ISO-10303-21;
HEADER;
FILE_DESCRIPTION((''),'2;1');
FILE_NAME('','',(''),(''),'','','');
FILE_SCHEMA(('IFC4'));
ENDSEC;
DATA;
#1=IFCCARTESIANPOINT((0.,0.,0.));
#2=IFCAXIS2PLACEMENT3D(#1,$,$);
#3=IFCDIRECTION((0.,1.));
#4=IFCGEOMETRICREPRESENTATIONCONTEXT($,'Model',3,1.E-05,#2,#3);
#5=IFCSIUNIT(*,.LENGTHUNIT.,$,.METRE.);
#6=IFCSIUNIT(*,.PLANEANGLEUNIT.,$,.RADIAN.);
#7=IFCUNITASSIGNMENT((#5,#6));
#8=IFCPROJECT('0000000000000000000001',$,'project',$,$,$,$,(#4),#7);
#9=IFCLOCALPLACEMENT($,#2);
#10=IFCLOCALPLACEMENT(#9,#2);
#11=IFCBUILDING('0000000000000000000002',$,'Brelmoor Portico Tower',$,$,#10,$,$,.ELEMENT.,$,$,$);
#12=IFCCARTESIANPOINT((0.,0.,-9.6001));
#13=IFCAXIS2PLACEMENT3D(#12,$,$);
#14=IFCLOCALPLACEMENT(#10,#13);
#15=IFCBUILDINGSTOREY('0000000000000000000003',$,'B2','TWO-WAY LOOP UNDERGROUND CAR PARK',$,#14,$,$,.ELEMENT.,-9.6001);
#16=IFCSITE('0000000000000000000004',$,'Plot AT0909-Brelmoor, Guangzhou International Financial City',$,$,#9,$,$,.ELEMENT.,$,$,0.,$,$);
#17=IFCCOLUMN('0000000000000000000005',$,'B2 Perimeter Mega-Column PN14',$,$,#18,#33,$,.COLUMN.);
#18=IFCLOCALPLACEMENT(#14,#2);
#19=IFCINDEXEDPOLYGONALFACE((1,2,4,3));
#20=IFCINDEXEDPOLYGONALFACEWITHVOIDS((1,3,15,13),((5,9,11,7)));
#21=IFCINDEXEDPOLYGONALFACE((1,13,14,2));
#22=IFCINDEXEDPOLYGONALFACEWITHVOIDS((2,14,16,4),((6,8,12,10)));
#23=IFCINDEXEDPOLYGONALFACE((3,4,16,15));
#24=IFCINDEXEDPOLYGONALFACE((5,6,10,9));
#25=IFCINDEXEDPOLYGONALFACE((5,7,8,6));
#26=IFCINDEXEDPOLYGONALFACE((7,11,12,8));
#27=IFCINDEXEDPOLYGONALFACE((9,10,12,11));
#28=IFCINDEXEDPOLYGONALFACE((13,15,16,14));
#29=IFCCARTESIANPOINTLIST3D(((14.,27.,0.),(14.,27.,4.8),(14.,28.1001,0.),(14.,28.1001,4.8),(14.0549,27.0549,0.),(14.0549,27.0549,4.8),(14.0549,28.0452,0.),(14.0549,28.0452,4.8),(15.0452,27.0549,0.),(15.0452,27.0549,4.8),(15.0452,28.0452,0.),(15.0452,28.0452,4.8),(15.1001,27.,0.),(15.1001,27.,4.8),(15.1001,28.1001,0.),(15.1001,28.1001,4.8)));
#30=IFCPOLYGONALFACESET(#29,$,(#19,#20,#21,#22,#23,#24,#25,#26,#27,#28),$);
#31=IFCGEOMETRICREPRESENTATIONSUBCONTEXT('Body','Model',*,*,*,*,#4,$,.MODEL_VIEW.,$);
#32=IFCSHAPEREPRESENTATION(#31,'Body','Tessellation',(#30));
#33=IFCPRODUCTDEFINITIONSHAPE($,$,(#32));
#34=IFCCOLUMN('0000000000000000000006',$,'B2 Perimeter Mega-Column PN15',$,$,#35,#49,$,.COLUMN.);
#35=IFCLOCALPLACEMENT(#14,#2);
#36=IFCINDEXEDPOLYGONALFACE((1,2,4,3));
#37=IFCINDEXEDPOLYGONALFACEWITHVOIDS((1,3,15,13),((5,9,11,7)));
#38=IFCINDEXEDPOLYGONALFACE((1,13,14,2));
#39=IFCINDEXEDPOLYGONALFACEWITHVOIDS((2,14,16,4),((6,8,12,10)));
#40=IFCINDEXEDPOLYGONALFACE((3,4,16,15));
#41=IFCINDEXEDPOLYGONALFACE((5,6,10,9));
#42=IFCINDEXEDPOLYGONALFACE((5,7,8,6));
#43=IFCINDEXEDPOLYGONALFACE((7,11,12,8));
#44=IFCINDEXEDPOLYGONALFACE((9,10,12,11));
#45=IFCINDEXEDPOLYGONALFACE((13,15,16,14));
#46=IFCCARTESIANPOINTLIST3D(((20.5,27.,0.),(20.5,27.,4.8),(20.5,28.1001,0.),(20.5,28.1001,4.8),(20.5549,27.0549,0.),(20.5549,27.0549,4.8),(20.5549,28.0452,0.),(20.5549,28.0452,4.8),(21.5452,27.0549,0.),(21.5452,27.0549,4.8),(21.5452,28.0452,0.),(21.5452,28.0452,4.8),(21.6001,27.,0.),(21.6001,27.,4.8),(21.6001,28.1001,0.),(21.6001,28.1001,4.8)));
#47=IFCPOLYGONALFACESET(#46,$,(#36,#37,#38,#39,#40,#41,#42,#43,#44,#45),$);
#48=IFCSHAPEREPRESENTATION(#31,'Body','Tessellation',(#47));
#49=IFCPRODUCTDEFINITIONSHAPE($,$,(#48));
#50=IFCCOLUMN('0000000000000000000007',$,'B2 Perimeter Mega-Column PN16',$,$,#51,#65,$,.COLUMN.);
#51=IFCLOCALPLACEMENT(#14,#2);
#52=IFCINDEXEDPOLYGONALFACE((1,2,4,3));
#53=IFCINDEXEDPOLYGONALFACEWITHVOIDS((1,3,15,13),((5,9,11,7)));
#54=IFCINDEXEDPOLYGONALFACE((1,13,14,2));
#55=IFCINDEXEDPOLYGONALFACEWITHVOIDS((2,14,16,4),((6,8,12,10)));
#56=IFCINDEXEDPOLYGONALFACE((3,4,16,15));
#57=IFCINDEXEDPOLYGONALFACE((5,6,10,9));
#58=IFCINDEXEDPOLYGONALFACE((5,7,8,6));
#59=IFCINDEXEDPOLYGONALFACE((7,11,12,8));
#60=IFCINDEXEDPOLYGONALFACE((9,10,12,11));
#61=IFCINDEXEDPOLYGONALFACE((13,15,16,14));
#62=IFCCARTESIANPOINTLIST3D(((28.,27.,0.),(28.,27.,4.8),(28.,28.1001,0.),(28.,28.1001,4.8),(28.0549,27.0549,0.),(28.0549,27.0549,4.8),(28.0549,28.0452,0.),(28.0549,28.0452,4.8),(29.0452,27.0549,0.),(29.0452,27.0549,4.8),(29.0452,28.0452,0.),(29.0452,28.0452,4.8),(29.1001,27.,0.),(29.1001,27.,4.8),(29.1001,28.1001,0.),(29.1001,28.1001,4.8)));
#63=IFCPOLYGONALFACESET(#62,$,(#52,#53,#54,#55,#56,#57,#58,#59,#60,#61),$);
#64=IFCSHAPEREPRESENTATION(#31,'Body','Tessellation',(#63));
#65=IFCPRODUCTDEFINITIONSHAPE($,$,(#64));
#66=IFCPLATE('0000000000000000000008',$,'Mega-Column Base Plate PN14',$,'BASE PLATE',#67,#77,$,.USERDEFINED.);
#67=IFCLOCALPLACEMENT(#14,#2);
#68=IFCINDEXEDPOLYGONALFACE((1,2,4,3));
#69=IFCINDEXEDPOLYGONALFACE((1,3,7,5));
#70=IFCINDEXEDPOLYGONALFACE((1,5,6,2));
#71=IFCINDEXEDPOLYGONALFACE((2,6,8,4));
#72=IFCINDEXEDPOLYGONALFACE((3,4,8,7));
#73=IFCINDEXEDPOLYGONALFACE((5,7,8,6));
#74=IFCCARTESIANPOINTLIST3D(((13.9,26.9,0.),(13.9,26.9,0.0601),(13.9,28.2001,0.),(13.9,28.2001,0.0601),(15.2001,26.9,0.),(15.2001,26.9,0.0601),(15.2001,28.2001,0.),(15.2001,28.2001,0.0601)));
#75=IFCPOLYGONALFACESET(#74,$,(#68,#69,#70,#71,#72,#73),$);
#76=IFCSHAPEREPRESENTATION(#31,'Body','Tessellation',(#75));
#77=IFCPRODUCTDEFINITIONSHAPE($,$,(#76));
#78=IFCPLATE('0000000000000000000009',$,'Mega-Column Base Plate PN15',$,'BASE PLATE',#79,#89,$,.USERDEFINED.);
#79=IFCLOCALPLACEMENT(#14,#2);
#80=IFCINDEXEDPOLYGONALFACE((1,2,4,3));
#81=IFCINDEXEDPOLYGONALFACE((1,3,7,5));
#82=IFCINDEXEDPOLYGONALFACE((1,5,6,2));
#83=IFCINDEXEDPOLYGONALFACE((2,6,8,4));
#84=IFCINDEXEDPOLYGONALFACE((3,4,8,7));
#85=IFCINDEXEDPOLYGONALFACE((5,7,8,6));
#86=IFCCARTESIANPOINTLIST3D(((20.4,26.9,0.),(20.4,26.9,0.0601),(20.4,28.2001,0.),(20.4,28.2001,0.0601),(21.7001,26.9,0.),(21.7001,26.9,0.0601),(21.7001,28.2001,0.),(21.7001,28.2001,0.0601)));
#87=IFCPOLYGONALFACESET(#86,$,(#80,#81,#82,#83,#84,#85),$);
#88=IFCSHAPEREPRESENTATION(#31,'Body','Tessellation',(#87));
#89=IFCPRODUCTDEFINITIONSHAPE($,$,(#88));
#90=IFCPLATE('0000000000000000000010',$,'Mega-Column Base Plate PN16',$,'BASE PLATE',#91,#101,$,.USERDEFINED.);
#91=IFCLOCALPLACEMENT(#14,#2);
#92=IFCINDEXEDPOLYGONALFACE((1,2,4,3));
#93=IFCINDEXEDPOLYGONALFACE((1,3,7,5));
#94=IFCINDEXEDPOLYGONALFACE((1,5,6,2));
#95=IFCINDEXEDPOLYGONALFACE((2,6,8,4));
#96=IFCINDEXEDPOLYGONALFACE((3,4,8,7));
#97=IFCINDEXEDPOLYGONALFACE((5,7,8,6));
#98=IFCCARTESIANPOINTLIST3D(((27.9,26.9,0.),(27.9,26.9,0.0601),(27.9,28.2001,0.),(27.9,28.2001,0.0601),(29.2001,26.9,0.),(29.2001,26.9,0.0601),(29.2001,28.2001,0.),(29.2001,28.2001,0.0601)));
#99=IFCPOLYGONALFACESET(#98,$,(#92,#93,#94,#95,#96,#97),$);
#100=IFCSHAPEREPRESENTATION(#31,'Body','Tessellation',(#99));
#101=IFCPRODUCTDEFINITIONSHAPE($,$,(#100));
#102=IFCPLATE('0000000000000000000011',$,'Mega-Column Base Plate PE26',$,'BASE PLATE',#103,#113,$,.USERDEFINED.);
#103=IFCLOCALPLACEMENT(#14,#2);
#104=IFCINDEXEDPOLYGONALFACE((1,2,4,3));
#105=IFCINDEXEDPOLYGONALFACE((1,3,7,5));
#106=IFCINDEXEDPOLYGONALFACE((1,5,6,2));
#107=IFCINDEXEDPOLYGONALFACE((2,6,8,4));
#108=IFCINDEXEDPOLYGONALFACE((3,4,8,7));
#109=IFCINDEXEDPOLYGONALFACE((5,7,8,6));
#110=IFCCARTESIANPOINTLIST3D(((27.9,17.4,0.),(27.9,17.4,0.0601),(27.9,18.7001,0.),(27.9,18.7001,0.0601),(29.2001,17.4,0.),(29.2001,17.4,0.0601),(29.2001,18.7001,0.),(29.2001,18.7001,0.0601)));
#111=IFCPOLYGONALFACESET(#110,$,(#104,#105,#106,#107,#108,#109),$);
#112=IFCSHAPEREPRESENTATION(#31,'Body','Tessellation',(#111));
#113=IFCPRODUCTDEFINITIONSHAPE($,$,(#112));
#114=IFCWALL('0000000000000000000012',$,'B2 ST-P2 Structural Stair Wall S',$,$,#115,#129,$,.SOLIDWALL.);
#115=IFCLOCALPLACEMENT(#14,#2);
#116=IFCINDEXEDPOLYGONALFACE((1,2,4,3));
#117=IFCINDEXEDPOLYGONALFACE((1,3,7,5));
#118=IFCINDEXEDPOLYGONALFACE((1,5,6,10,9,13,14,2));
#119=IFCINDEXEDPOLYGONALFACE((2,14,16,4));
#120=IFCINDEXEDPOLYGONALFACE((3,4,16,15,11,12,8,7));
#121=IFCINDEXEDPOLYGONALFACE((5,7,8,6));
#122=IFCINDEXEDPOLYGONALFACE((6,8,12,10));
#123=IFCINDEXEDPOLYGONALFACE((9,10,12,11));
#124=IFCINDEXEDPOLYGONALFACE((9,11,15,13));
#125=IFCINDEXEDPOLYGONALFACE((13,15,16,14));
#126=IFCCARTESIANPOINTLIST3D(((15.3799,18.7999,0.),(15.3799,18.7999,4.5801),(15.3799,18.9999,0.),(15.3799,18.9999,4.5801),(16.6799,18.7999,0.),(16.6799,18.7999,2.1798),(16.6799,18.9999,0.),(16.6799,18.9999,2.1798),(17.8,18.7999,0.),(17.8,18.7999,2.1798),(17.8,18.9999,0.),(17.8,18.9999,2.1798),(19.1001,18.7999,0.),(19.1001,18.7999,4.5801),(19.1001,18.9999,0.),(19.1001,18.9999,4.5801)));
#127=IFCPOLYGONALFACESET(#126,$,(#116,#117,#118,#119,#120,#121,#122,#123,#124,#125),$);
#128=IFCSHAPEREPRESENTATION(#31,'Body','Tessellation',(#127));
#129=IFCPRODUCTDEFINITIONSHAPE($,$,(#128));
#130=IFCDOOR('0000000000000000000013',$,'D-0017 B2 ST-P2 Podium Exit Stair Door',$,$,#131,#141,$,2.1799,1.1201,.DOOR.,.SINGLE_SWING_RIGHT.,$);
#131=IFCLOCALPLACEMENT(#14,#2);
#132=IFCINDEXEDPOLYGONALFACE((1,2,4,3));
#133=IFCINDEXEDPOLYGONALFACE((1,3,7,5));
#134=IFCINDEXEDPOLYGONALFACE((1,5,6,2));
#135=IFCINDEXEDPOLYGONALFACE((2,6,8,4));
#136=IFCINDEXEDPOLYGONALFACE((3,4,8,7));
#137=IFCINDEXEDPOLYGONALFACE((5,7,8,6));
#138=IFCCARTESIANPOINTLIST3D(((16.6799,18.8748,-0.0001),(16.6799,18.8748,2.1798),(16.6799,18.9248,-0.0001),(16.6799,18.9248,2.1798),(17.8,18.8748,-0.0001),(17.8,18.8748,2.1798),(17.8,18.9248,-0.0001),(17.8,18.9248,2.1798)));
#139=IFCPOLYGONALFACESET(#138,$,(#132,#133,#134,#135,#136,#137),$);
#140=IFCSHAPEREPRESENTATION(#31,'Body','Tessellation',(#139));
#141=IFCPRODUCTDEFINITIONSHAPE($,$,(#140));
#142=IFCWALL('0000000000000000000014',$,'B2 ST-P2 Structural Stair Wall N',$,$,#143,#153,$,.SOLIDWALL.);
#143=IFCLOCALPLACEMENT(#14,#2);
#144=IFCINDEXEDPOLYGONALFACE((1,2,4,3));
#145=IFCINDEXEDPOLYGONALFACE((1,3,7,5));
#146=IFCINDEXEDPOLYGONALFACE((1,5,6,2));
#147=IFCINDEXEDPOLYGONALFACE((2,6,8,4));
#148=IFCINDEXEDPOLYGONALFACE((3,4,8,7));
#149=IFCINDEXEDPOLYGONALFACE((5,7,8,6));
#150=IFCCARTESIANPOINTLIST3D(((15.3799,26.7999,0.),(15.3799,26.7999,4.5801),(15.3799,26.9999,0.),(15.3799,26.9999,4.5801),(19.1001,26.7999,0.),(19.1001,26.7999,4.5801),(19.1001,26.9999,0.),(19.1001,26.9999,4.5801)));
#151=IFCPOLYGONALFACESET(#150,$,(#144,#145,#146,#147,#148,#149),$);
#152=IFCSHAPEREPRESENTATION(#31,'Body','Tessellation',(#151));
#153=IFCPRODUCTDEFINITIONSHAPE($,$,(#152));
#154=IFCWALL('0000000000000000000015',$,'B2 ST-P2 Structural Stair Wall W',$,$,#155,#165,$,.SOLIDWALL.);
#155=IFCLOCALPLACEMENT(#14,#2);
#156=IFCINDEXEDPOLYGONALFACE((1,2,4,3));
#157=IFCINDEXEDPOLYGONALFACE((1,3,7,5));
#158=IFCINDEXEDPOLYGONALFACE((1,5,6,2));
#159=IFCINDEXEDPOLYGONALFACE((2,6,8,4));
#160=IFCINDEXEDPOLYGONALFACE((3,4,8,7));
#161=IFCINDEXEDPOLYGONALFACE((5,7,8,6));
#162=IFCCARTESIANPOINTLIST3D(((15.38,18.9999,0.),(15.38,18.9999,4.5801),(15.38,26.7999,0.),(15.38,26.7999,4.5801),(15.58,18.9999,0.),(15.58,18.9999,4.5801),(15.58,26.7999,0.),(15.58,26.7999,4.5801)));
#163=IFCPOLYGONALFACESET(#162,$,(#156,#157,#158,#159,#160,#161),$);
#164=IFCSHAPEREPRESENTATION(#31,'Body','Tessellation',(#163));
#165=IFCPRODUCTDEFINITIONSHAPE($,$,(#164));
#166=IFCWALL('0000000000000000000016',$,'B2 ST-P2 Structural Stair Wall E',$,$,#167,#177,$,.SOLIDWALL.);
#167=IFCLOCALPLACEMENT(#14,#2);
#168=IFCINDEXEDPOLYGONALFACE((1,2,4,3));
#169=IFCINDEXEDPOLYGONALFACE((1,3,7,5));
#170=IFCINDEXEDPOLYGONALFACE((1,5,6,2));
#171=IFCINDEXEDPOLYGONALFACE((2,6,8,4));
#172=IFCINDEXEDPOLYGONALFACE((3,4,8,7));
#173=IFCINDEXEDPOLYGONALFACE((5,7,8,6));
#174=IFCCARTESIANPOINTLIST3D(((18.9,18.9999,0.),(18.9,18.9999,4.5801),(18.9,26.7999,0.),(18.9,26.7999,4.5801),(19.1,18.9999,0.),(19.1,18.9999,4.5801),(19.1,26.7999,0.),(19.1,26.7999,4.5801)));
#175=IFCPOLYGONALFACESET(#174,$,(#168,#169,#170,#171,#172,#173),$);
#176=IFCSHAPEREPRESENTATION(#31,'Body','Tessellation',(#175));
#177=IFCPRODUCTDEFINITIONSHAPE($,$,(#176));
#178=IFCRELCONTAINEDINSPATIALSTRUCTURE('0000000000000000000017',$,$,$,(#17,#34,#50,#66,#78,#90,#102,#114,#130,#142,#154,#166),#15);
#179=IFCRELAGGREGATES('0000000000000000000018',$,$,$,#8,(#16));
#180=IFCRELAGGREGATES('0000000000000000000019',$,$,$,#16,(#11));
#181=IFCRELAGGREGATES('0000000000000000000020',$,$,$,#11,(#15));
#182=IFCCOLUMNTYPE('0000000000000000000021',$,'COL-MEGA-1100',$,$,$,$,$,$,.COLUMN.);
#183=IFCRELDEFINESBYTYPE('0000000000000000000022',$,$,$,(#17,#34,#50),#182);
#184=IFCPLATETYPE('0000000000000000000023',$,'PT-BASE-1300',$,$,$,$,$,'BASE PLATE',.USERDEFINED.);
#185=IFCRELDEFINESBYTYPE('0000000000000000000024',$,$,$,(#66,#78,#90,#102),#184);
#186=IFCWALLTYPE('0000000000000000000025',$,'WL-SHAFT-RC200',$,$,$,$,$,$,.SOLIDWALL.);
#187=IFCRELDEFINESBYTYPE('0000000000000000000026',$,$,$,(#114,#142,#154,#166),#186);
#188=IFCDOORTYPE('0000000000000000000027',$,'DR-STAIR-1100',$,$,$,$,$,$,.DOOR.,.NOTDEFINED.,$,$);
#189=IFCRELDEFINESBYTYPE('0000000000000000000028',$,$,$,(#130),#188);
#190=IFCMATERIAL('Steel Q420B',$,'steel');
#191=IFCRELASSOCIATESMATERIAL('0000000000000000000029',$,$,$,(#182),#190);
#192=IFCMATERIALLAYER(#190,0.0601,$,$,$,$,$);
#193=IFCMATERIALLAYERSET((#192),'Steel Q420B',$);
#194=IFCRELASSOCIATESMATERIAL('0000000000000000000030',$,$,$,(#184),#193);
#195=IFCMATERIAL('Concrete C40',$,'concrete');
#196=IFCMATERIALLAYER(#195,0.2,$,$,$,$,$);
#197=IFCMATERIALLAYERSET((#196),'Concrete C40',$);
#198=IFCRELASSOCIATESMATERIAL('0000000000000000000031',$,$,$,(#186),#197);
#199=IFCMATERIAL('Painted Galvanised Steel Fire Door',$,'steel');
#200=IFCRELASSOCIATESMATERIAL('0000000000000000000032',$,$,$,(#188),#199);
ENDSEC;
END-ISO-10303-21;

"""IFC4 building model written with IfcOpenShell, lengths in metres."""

from ifc_helpers import new_model, si_unit, direction, frame, frame_2d, origin, origin_2d, place, context, subcontext, project, spatial, rectangle, hollow_rectangle, extrude, material, layer, layer_set, material_profile, profile_set, type_object, element, fill, save


model = new_model("IFC4")

# Units and contexts
model_context = context("Model", 3, precision=1e-05, world=origin(), true_north=direction((0.0, 1.0)))
body_context = subcontext(model_context, "Body", "Model", "MODEL_VIEW")
ifc_project = project(units=[si_unit("LENGTHUNIT", "METRE"), si_unit("PLANEANGLEUNIT", "RADIAN")], contexts=[model_context])

# Site, building, storey
site_placement = place(None, origin())
site = spatial("IfcSite", under=ifc_project, at=site_placement, Name="Plot AT0909-Brelmoor, Guangzhou International Financial City", CompositionType="ELEMENT", RefElevation=0.0)
building_placement = place(site_placement, origin())
building = spatial("IfcBuilding", under=site, at=building_placement, Name="Brelmoor Portico Tower", CompositionType="ELEMENT")
storey_placement = place(building_placement, frame((0.0, 0.0, -9.6001)))
storey = spatial("IfcBuildingStorey", under=building, at=storey_placement, Name="B2", Description="TWO-WAY LOOP UNDERGROUND CAR PARK", CompositionType="ELEMENT", Elevation=-9.6001)

# Columns
ifc_material_1 = material(Name="Steel Q420B", Category="steel")
ifc_material_profile_1 = material_profile(ifc_material_1, hollow_rectangle(XDim=1.1001, YDim=1.1001, WallThickness=0.0549, at=origin_2d()), Name="BOX 1100x1100x55")
ifc_profile_set_1 = profile_set([ifc_material_profile_1], Name="Steel Q420B")
column_type = type_object("IfcColumnType", Name="COL-MEGA-1100", PredefinedType="COLUMN", material=ifc_profile_set_1)
for number, where, z_axis, x_axis, name in (
    (1, (14.55, 27.55, 0.0), (0.0, 0.0, 1.0), (1.0, 0.0, 0.0), "B2 Perimeter Mega-Column PN14"),
    (2, (21.05, 27.55, 0.0), (0.0, 0.0, 1.0), (1.0, 0.0, 0.0), "B2 Perimeter Mega-Column PN15"),
    (3, (28.55, 27.55, 0.0), (0.0, 0.0, 1.0), (1.0, 0.0, 0.0), "B2 Perimeter Mega-Column PN16"),
):
    element("IfcColumn", number, at=place(storey_placement, frame(where, z_axis=z_axis, x_axis=x_axis)), inside=storey, type_object=column_type, Name=name, PredefinedType="COLUMN", context=body_context, shape_type="SweptSolid", body=[
        extrude(hollow_rectangle(XDim=1.1001, YDim=1.1001, WallThickness=0.0549, at=origin_2d()), origin(), (0.0, 0.0, 1.0), 4.8),
    ])

# Plates
ifc_layer_1 = layer(ifc_material_1, 0.0601)
ifc_layer_set_1 = layer_set([ifc_layer_1], Name="Steel Q420B")
plate_type = type_object("IfcPlateType", Name="PT-BASE-1300", ElementType="BASE PLATE", PredefinedType="USERDEFINED", material=ifc_layer_set_1)
for number, where, z_axis, x_axis, name in (
    (4, (14.55, 27.55, 0.0), (0.0, 0.0, 1.0), (1.0, 0.0, 0.0), "Mega-Column Base Plate PN14"),
    (5, (21.05, 27.55, 0.0), (0.0, 0.0, 1.0), (1.0, 0.0, 0.0), "Mega-Column Base Plate PN15"),
    (6, (28.55, 27.55, 0.0), (0.0, 0.0, 1.0), (1.0, 0.0, 0.0), "Mega-Column Base Plate PN16"),
    (7, (28.55, 18.05, 0.0), (0.0, 0.0, 1.0), (1.0, 0.0, 0.0), "Mega-Column Base Plate PE26"),
):
    element("IfcPlate", number, at=place(storey_placement, frame(where, z_axis=z_axis, x_axis=x_axis)), inside=storey, type_object=plate_type, Name=name, ObjectType="BASE PLATE", PredefinedType="USERDEFINED", context=body_context, shape_type="SweptSolid", body=[
        extrude(rectangle(XDim=1.3, YDim=1.3, at=origin_2d()), origin(), (0.0, 0.0, 1.0), 0.0601),
    ])

# Wall, opening, door
ifc_material_2 = material(Name="Concrete C40", Category="concrete")
ifc_layer_2 = layer(ifc_material_2, 0.2)
ifc_layer_set_2 = layer_set([ifc_layer_2], Name="Concrete C40")
wall_type = type_object("IfcWallType", Name="WL-SHAFT-RC200", PredefinedType="SOLIDWALL", material=ifc_layer_set_2)
wall_1_placement = place(storey_placement, frame((15.3799, 18.8999, 0.0), z_axis=(0.0, 0.0, 1.0), x_axis=(1.0, 0.0, 0.0)))
wall_1 = element("IfcWall", 8, at=wall_1_placement, inside=storey, type_object=wall_type, Name="B2 ST-P2 Structural Stair Wall S", PredefinedType="SOLIDWALL", context=body_context, shape_type="SweptSolid", body=[
    extrude(rectangle(XDim=3.7202, YDim=0.2, at=frame_2d((1.8601, 0.0))), origin(), (0.0, 0.0, 1.0), 4.5801),
])
opening_placement = place(wall_1_placement, frame((1.3, 0.0, 0.0)))
opening = element("IfcOpeningElement", 9, at=opening_placement, cuts=wall_1, PredefinedType="OPENING", context=body_context, shape_type="SweptSolid", body=[
    extrude(rectangle(XDim=1.1201, YDim=2.1799, at=frame_2d((0.5601, 1.0898))), frame((0.0, 0.1099, 0.0), z_axis=(0.0, -1.0, 0.0), x_axis=(1.0, 0.0, 0.0)), (0.0, 0.0, 1.0), 0.22),
])
ifc_material_3 = material(Name="Painted Galvanised Steel Fire Door", Category="steel")
door_type = type_object("IfcDoorType", Name="DR-STAIR-1100", OperationType="NOTDEFINED", PredefinedType="DOOR", material=ifc_material_3)
door_placement = place(opening_placement, origin())
door = element("IfcDoor", 10, at=door_placement, inside=storey, type_object=door_type, Name="D-0017 B2 ST-P2 Podium Exit Stair Door", OperationType="SINGLE_SWING_RIGHT", OverallHeight=2.1799, OverallWidth=1.1201, PredefinedType="DOOR", context=body_context, shape_type="SweptSolid", body=[
    extrude(rectangle(XDim=1.1201, YDim=2.1799, at=frame_2d((0.5601, 1.0898))), frame((0.0, 0.0249, 0.0), z_axis=(0.0, -1.0, 0.0), x_axis=(1.0, 0.0, 0.0)), (0.0, 0.0, 1.0), 0.05),
])
fill(opening, door)

# Walls
wall_2_placement = place(storey_placement, frame((15.3799, 26.8999, 0.0), z_axis=(0.0, 0.0, 1.0), x_axis=(1.0, 0.0, 0.0)))
element("IfcWall", 11, at=wall_2_placement, inside=storey, type_object=wall_type, Name="B2 ST-P2 Structural Stair Wall N", PredefinedType="SOLIDWALL", context=body_context, shape_type="SweptSolid", body=[
    extrude(rectangle(XDim=3.7202, YDim=0.2, at=frame_2d((1.8601, 0.0))), origin(), (0.0, 0.0, 1.0), 4.5801),
])
for number, where, z_axis, x_axis, name in (
    (12, (15.48, 19.0, 0.0), (0.0, 0.0, 1.0), (0.0, 1.0, 0.0), "B2 ST-P2 Structural Stair Wall W"),
    (13, (19.0, 19.0, 0.0), (0.0, 0.0, 1.0), (0.0, 1.0, 0.0), "B2 ST-P2 Structural Stair Wall E"),
):
    element("IfcWall", number, at=place(storey_placement, frame(where, z_axis=z_axis, x_axis=x_axis)), inside=storey, type_object=wall_type, Name=name, PredefinedType="SOLIDWALL", context=body_context, shape_type="SweptSolid", body=[
        extrude(rectangle(XDim=7.8, YDim=0.2, at=frame_2d((3.8999, 0.0))), origin(), (0.0, 0.0, 1.0), 4.5801),
    ])

save(model, "model.ifc")
